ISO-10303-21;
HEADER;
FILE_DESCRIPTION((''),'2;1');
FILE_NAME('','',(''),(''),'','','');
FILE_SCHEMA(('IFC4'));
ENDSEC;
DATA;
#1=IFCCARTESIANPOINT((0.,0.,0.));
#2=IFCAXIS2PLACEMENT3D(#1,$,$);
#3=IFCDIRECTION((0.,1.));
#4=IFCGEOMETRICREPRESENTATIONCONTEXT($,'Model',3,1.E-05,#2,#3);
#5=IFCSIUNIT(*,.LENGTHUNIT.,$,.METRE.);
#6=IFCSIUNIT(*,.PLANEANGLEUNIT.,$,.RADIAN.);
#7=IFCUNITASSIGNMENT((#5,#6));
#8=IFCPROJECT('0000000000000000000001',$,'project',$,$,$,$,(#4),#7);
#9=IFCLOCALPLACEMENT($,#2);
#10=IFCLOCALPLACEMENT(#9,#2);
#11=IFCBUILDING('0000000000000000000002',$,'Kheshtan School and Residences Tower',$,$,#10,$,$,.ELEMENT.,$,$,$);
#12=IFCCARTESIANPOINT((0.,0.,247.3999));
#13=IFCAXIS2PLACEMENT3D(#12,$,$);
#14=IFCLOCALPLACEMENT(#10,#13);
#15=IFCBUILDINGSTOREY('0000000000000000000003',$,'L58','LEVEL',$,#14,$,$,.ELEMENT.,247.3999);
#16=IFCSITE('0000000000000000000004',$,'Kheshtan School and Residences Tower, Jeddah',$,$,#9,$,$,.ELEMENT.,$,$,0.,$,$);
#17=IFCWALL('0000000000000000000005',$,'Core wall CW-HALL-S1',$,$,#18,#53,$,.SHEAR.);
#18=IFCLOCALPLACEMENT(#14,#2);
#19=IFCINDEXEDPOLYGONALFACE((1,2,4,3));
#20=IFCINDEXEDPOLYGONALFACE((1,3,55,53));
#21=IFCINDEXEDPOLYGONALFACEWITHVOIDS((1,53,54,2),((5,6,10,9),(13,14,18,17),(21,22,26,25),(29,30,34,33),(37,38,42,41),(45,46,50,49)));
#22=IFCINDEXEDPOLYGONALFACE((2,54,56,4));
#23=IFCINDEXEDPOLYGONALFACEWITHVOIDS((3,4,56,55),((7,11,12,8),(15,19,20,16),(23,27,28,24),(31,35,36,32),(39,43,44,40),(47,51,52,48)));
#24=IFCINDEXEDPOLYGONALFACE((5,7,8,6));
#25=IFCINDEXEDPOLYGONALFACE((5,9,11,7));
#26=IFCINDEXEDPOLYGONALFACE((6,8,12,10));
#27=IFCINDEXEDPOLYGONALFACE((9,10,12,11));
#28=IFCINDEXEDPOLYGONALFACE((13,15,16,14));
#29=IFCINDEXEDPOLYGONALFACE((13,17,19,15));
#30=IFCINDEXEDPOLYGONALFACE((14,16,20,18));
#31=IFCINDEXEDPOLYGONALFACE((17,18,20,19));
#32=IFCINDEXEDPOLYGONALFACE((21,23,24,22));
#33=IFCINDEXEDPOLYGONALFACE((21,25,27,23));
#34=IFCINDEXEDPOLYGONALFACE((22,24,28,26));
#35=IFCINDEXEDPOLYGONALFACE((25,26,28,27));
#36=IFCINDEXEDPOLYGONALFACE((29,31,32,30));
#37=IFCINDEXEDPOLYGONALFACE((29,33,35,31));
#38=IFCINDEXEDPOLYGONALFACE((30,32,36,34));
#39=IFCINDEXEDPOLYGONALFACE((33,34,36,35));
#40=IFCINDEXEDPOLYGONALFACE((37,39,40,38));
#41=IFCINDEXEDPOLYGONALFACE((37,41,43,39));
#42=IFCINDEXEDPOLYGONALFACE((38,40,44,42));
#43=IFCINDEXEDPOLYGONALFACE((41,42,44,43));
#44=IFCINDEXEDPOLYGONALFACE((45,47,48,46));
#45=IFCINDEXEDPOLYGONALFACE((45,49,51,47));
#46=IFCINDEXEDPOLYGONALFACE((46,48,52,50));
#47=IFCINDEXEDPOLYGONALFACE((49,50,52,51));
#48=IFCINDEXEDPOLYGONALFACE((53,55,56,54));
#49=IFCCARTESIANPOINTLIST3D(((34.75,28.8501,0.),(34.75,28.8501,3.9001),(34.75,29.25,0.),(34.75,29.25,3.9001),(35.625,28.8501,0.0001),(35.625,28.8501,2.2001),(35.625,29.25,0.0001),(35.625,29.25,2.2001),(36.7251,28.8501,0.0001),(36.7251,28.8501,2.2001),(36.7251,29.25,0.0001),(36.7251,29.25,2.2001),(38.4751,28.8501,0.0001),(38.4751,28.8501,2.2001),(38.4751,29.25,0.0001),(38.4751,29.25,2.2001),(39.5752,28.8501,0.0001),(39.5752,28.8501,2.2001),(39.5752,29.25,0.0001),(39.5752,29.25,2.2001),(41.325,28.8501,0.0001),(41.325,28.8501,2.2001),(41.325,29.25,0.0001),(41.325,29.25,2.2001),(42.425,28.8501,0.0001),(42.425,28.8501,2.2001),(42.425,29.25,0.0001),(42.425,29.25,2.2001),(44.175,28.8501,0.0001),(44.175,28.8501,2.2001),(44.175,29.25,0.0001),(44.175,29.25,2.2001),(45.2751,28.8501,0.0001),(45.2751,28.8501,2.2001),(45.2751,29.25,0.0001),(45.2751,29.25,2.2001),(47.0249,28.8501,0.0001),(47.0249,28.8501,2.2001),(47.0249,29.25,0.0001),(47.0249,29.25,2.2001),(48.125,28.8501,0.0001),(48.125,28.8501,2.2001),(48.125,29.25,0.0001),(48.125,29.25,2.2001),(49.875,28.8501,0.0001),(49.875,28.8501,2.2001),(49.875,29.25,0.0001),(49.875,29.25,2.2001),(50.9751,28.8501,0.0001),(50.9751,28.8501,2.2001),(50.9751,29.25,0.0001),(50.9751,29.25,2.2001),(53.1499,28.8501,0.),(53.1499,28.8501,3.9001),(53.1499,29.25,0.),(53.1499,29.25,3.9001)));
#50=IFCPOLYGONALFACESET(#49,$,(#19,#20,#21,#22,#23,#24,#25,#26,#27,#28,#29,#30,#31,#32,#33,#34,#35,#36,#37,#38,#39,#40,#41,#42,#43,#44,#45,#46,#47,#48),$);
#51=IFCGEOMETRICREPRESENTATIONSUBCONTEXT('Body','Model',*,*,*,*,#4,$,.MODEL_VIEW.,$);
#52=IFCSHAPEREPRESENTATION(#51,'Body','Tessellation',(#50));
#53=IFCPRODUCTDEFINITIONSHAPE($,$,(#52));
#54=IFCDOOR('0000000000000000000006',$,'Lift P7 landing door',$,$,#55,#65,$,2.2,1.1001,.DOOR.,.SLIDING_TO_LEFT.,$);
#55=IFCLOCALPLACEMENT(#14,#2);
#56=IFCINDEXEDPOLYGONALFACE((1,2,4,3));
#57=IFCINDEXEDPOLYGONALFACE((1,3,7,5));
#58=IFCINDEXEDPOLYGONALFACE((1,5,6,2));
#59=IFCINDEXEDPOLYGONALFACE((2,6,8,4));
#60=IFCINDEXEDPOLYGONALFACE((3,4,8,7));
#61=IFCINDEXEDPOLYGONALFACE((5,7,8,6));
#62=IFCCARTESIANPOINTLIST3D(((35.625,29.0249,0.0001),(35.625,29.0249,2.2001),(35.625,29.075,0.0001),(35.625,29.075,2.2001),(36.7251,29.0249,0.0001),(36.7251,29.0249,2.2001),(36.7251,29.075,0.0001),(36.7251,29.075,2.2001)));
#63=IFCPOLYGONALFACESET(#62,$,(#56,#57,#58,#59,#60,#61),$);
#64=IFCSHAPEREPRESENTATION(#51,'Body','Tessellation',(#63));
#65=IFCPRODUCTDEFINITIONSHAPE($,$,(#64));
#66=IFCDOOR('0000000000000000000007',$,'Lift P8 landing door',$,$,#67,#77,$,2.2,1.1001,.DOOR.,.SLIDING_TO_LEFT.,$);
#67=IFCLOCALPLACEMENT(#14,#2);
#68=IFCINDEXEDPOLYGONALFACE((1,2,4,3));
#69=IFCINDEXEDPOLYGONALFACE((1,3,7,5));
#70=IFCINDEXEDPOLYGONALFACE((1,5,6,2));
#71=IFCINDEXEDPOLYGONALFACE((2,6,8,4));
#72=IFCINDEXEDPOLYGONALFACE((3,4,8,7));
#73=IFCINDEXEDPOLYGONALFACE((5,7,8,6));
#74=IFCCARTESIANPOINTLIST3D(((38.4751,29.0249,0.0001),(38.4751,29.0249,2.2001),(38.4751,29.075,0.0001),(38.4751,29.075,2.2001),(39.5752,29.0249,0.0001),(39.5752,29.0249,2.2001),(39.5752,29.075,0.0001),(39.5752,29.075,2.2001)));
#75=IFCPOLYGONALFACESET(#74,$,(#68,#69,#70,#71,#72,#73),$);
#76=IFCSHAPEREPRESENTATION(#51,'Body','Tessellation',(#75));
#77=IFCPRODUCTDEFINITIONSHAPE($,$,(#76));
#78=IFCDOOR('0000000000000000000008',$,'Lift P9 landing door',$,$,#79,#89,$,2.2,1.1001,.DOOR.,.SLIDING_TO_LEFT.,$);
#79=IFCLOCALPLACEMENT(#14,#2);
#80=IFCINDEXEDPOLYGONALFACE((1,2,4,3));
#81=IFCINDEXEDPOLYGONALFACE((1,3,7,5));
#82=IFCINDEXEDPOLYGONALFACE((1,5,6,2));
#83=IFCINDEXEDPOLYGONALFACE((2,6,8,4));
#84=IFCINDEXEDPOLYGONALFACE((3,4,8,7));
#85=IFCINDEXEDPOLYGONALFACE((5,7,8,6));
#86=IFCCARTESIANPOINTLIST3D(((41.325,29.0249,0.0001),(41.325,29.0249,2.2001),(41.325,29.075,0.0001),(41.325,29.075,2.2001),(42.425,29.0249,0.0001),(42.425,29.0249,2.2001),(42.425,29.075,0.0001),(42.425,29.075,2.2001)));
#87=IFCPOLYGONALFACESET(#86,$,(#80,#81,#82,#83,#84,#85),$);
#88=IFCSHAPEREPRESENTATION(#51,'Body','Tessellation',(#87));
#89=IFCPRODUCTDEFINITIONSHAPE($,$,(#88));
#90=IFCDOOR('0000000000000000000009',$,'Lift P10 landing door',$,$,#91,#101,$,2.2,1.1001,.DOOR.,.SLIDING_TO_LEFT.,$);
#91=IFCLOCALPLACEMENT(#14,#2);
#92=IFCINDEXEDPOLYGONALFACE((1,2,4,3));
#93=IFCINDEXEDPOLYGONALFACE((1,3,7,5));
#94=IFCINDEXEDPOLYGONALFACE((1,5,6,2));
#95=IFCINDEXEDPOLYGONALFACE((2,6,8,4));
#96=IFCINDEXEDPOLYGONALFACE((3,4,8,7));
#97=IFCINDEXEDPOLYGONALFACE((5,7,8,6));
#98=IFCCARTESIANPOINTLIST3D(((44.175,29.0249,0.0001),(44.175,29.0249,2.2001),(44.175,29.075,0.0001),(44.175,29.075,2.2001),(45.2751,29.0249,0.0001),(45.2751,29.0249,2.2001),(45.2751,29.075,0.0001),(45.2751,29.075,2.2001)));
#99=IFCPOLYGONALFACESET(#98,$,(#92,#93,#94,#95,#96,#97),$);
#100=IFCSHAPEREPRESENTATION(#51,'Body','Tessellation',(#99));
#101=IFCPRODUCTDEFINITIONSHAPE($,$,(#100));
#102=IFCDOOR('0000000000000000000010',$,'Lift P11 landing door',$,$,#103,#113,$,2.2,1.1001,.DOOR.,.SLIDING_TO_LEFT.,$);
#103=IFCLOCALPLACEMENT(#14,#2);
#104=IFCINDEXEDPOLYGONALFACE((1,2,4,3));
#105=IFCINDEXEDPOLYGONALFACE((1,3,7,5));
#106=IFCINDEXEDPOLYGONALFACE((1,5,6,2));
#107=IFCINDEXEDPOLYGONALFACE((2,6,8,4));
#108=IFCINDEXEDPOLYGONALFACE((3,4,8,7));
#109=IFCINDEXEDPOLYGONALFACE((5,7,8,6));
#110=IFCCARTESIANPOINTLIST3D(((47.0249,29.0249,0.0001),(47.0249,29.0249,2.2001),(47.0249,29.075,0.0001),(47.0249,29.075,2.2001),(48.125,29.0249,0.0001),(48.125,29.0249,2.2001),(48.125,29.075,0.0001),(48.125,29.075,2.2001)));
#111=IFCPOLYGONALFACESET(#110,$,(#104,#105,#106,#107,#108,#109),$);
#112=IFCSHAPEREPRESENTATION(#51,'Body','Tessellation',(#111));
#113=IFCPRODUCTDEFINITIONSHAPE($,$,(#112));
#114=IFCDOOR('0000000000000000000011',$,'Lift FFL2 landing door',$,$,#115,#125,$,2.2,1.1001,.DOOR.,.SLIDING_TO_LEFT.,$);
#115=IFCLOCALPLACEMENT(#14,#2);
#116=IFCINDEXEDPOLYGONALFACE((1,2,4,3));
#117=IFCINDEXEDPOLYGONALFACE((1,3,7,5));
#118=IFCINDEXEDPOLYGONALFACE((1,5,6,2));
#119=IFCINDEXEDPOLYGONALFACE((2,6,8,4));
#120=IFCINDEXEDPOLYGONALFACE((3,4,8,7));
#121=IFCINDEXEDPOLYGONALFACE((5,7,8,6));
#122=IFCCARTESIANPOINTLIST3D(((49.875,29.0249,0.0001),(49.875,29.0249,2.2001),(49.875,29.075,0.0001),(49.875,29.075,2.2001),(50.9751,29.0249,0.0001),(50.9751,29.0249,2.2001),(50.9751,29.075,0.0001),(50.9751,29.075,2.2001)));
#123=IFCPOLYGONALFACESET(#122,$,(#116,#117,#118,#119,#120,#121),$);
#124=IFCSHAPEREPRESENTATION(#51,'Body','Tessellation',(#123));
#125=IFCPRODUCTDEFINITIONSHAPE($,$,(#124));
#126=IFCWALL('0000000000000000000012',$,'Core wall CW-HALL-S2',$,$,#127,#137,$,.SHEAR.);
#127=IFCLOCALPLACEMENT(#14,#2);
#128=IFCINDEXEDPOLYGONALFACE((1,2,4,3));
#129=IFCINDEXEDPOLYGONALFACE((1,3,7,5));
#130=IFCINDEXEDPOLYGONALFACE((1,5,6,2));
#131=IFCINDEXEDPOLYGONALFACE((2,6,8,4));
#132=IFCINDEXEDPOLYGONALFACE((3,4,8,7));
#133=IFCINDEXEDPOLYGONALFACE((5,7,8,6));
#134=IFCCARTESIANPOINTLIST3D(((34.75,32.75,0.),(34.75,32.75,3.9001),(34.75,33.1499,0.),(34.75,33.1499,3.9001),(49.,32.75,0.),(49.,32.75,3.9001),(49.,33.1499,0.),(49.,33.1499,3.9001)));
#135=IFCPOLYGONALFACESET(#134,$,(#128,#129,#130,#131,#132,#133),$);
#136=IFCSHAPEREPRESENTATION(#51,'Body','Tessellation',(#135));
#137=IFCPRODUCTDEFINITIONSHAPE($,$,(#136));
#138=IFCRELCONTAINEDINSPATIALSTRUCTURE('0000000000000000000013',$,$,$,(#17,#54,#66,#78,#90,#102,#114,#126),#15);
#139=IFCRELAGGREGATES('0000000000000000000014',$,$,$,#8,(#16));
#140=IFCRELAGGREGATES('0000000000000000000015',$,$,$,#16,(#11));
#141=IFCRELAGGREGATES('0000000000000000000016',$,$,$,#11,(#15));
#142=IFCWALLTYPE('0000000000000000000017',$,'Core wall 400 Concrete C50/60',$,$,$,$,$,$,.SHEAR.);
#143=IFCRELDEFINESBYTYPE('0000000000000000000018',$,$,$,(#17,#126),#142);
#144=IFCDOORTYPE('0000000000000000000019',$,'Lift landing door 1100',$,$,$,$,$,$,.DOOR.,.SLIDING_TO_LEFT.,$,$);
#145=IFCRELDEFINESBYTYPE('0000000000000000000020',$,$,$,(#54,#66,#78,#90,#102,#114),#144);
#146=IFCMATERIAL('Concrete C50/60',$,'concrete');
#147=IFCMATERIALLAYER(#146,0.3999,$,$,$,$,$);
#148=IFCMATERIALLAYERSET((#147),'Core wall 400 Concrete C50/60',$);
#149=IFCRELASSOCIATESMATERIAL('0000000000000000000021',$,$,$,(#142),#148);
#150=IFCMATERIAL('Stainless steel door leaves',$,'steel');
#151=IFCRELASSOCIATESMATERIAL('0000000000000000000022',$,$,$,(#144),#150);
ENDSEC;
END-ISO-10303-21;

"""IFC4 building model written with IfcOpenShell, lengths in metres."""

from ifc_helpers import new_model, si_unit, direction, frame, frame_2d, origin, place, context, subcontext, project, spatial, rectangle, extrude, source, transform, mapped, material, layer, layer_set, type_object, element, fill, save


model = new_model("IFC4")

# Units and contexts
model_context = context("Model", 3, precision=1e-05, world=origin(), true_north=direction((0.0, 1.0)))
body_context = subcontext(model_context, "Body", "Model", "MODEL_VIEW")
ifc_project = project(units=[si_unit("LENGTHUNIT", "METRE"), si_unit("PLANEANGLEUNIT", "RADIAN")], contexts=[model_context])

# Site, building, storey
site_placement = place(None, origin())
site = spatial("IfcSite", under=ifc_project, at=site_placement, Name="Kheshtan School and Residences Tower, Jeddah", CompositionType="ELEMENT", RefElevation=0.0)
building_placement = place(site_placement, origin())
building = spatial("IfcBuilding", under=site, at=building_placement, Name="Kheshtan School and Residences Tower", CompositionType="ELEMENT")
storey_placement = place(building_placement, frame((0.0, 0.0, 247.3999)))
storey = spatial("IfcBuildingStorey", under=building, at=storey_placement, Name="L58", Description="LEVEL", CompositionType="ELEMENT", Elevation=247.3999)

# Wall, openings, doors
ifc_material_1 = material(Name="Concrete C50/60", Category="concrete")
ifc_layer_1 = layer(ifc_material_1, 0.3999)
ifc_layer_set_1 = layer_set([ifc_layer_1], Name="Core wall 400 Concrete C50/60")
wall_type_1 = type_object("IfcWallType", Name="Core wall 400 Concrete C50/60", PredefinedType="SHEAR", material=ifc_layer_set_1)
wall_1_placement = place(storey_placement, frame((34.75, 29.05, 0.0), z_axis=(0.0, 0.0, 1.0), x_axis=(1.0, 0.0, 0.0)))
wall_1 = element("IfcWall", 1, at=wall_1_placement, inside=storey, type_object=wall_type_1, Name="Core wall CW-HALL-S1", PredefinedType="SHEAR", context=body_context, shape_type="SweptSolid", body=[
    extrude(rectangle(XDim=18.3999, YDim=0.3999, at=frame_2d((9.2, 0.0))), origin(), (0.0, 0.0, 1.0), 3.9001),
])
opening_1_placement = place(wall_1_placement, frame((0.875, 0.0, 0.0)))
opening_1 = element("IfcOpeningElement", 2, at=opening_1_placement, cuts=wall_1, PredefinedType="OPENING", context=body_context, shape_type="SweptSolid", body=[
    extrude(rectangle(XDim=1.1001, YDim=2.2, at=frame_2d((0.55, 1.1001))), frame((0.0, 0.21, 0.0), z_axis=(0.0, -1.0, 0.0), x_axis=(1.0, 0.0, 0.0)), (0.0, 0.0, 1.0), 0.4199),
])
opening_2_placement = place(wall_1_placement, frame((3.7251, 0.0, 0.0)))
opening_2 = element("IfcOpeningElement", 3, at=opening_2_placement, cuts=wall_1, PredefinedType="OPENING", context=body_context, shape_type="SweptSolid", body=[
    extrude(rectangle(XDim=1.1001, YDim=2.2, at=frame_2d((0.55, 1.1001))), frame((0.0, 0.21, 0.0), z_axis=(0.0, -1.0, 0.0), x_axis=(1.0, 0.0, 0.0)), (0.0, 0.0, 1.0), 0.4199),
])
opening_3_placement = place(wall_1_placement, frame((6.575, 0.0, 0.0)))
opening_3 = element("IfcOpeningElement", 4, at=opening_3_placement, cuts=wall_1, PredefinedType="OPENING", context=body_context, shape_type="SweptSolid", body=[
    extrude(rectangle(XDim=1.1001, YDim=2.2, at=frame_2d((0.55, 1.1001))), frame((0.0, 0.21, 0.0), z_axis=(0.0, -1.0, 0.0), x_axis=(1.0, 0.0, 0.0)), (0.0, 0.0, 1.0), 0.4199),
])
opening_4_placement = place(wall_1_placement, frame((9.425, 0.0, 0.0)))
opening_4 = element("IfcOpeningElement", 5, at=opening_4_placement, cuts=wall_1, PredefinedType="OPENING", context=body_context, shape_type="SweptSolid", body=[
    extrude(rectangle(XDim=1.1001, YDim=2.2, at=frame_2d((0.55, 1.1001))), frame((0.0, 0.21, 0.0), z_axis=(0.0, -1.0, 0.0), x_axis=(1.0, 0.0, 0.0)), (0.0, 0.0, 1.0), 0.4199),
])
opening_5_placement = place(wall_1_placement, frame((12.2749, 0.0, 0.0)))
opening_5 = element("IfcOpeningElement", 6, at=opening_5_placement, cuts=wall_1, PredefinedType="OPENING", context=body_context, shape_type="SweptSolid", body=[
    extrude(rectangle(XDim=1.1001, YDim=2.2, at=frame_2d((0.55, 1.1001))), frame((0.0, 0.21, 0.0), z_axis=(0.0, -1.0, 0.0), x_axis=(1.0, 0.0, 0.0)), (0.0, 0.0, 1.0), 0.4199),
])
opening_6_placement = place(wall_1_placement, frame((15.125, 0.0, 0.0)))
opening_6 = element("IfcOpeningElement", 7, at=opening_6_placement, cuts=wall_1, PredefinedType="OPENING", context=body_context, shape_type="SweptSolid", body=[
    extrude(rectangle(XDim=1.1001, YDim=2.2, at=frame_2d((0.55, 1.1001))), frame((0.0, 0.21, 0.0), z_axis=(0.0, -1.0, 0.0), x_axis=(1.0, 0.0, 0.0)), (0.0, 0.0, 1.0), 0.4199),
])
ifc_material_2 = material(Name="Stainless steel door leaves", Category="steel")
door_type_1 = type_object("IfcDoorType", Name="Lift landing door 1100", OperationType="SLIDING_TO_LEFT", PredefinedType="DOOR", material=ifc_material_2)
shared_shape_1 = source(origin(), body_context, "Body", "SweptSolid", [
    extrude(rectangle(XDim=1.1001, YDim=2.2, at=frame_2d((0.55, 1.1001))), frame((0.0, 0.0249, 0.0), z_axis=(0.0, -1.0, 0.0), x_axis=(1.0, 0.0, 0.0)), (0.0, 0.0, 1.0), 0.05),
])
door_1_placement = place(opening_1_placement, origin())
door_1 = element("IfcDoor", 8, at=door_1_placement, inside=storey, type_object=door_type_1, Name="Lift P7 landing door", OperationType="SLIDING_TO_LEFT", OverallHeight=2.2, OverallWidth=1.1001, PredefinedType="DOOR", context=body_context, shape_type="MappedRepresentation", body=[
    mapped(shared_shape_1, transform((0.0, 0.0, 0.0), x_axis=(1.0, 0.0, 0.0), y_axis=(0.0, 1.0, 0.0), z_axis=(0.0, 0.0, 1.0), scale=1.0)),
])
fill(opening_1, door_1)
door_2_placement = place(opening_2_placement, origin())
door_2 = element("IfcDoor", 9, at=door_2_placement, inside=storey, type_object=door_type_1, Name="Lift P8 landing door", OperationType="SLIDING_TO_LEFT", OverallHeight=2.2, OverallWidth=1.1001, PredefinedType="DOOR", context=body_context, shape_type="MappedRepresentation", body=[
    mapped(shared_shape_1, transform((0.0, 0.0, 0.0), x_axis=(1.0, 0.0, 0.0), y_axis=(0.0, 1.0, 0.0), z_axis=(0.0, 0.0, 1.0), scale=1.0)),
])
fill(opening_2, door_2)
door_3_placement = place(opening_3_placement, origin())
door_3 = element("IfcDoor", 10, at=door_3_placement, inside=storey, type_object=door_type_1, Name="Lift P9 landing door", OperationType="SLIDING_TO_LEFT", OverallHeight=2.2, OverallWidth=1.1001, PredefinedType="DOOR", context=body_context, shape_type="MappedRepresentation", body=[
    mapped(shared_shape_1, transform((0.0, 0.0, 0.0), x_axis=(1.0, 0.0, 0.0), y_axis=(0.0, 1.0, 0.0), z_axis=(0.0, 0.0, 1.0), scale=1.0)),
])
fill(opening_3, door_3)
door_4_placement = place(opening_4_placement, origin())
door_4 = element("IfcDoor", 11, at=door_4_placement, inside=storey, type_object=door_type_1, Name="Lift P10 landing door", OperationType="SLIDING_TO_LEFT", OverallHeight=2.2, OverallWidth=1.1001, PredefinedType="DOOR", context=body_context, shape_type="MappedRepresentation", body=[
    mapped(shared_shape_1, transform((0.0, 0.0, 0.0), x_axis=(1.0, 0.0, 0.0), y_axis=(0.0, 1.0, 0.0), z_axis=(0.0, 0.0, 1.0), scale=1.0)),
])
fill(opening_4, door_4)
door_5_placement = place(opening_5_placement, origin())
door_5 = element("IfcDoor", 12, at=door_5_placement, inside=storey, type_object=door_type_1, Name="Lift P11 landing door", OperationType="SLIDING_TO_LEFT", OverallHeight=2.2, OverallWidth=1.1001, PredefinedType="DOOR", context=body_context, shape_type="MappedRepresentation", body=[
    mapped(shared_shape_1, transform((0.0, 0.0, 0.0), x_axis=(1.0, 0.0, 0.0), y_axis=(0.0, 1.0, 0.0), z_axis=(0.0, 0.0, 1.0), scale=1.0)),
])
fill(opening_5, door_5)
door_6_placement = place(opening_6_placement, origin())
door_6 = element("IfcDoor", 13, at=door_6_placement, inside=storey, type_object=door_type_1, Name="Lift FFL2 landing door", OperationType="SLIDING_TO_LEFT", OverallHeight=2.2, OverallWidth=1.1001, PredefinedType="DOOR", context=body_context, shape_type="MappedRepresentation", body=[
    mapped(shared_shape_1, transform((0.0, 0.0, 0.0), x_axis=(1.0, 0.0, 0.0), y_axis=(0.0, 1.0, 0.0), z_axis=(0.0, 0.0, 1.0), scale=1.0)),
])
fill(opening_6, door_6)

# Wall
wall_2_placement = place(storey_placement, frame((34.75, 32.95, 0.0), z_axis=(0.0, 0.0, 1.0), x_axis=(1.0, 0.0, 0.0)))
element("IfcWall", 14, at=wall_2_placement, inside=storey, type_object=wall_type_1, Name="Core wall CW-HALL-S2", PredefinedType="SHEAR", context=body_context, shape_type="SweptSolid", body=[
    extrude(rectangle(XDim=14.25, YDim=0.3999, at=frame_2d((7.125, 0.0))), origin(), (0.0, 0.0, 1.0), 3.9001),
])

save(model, "model.ifc")
